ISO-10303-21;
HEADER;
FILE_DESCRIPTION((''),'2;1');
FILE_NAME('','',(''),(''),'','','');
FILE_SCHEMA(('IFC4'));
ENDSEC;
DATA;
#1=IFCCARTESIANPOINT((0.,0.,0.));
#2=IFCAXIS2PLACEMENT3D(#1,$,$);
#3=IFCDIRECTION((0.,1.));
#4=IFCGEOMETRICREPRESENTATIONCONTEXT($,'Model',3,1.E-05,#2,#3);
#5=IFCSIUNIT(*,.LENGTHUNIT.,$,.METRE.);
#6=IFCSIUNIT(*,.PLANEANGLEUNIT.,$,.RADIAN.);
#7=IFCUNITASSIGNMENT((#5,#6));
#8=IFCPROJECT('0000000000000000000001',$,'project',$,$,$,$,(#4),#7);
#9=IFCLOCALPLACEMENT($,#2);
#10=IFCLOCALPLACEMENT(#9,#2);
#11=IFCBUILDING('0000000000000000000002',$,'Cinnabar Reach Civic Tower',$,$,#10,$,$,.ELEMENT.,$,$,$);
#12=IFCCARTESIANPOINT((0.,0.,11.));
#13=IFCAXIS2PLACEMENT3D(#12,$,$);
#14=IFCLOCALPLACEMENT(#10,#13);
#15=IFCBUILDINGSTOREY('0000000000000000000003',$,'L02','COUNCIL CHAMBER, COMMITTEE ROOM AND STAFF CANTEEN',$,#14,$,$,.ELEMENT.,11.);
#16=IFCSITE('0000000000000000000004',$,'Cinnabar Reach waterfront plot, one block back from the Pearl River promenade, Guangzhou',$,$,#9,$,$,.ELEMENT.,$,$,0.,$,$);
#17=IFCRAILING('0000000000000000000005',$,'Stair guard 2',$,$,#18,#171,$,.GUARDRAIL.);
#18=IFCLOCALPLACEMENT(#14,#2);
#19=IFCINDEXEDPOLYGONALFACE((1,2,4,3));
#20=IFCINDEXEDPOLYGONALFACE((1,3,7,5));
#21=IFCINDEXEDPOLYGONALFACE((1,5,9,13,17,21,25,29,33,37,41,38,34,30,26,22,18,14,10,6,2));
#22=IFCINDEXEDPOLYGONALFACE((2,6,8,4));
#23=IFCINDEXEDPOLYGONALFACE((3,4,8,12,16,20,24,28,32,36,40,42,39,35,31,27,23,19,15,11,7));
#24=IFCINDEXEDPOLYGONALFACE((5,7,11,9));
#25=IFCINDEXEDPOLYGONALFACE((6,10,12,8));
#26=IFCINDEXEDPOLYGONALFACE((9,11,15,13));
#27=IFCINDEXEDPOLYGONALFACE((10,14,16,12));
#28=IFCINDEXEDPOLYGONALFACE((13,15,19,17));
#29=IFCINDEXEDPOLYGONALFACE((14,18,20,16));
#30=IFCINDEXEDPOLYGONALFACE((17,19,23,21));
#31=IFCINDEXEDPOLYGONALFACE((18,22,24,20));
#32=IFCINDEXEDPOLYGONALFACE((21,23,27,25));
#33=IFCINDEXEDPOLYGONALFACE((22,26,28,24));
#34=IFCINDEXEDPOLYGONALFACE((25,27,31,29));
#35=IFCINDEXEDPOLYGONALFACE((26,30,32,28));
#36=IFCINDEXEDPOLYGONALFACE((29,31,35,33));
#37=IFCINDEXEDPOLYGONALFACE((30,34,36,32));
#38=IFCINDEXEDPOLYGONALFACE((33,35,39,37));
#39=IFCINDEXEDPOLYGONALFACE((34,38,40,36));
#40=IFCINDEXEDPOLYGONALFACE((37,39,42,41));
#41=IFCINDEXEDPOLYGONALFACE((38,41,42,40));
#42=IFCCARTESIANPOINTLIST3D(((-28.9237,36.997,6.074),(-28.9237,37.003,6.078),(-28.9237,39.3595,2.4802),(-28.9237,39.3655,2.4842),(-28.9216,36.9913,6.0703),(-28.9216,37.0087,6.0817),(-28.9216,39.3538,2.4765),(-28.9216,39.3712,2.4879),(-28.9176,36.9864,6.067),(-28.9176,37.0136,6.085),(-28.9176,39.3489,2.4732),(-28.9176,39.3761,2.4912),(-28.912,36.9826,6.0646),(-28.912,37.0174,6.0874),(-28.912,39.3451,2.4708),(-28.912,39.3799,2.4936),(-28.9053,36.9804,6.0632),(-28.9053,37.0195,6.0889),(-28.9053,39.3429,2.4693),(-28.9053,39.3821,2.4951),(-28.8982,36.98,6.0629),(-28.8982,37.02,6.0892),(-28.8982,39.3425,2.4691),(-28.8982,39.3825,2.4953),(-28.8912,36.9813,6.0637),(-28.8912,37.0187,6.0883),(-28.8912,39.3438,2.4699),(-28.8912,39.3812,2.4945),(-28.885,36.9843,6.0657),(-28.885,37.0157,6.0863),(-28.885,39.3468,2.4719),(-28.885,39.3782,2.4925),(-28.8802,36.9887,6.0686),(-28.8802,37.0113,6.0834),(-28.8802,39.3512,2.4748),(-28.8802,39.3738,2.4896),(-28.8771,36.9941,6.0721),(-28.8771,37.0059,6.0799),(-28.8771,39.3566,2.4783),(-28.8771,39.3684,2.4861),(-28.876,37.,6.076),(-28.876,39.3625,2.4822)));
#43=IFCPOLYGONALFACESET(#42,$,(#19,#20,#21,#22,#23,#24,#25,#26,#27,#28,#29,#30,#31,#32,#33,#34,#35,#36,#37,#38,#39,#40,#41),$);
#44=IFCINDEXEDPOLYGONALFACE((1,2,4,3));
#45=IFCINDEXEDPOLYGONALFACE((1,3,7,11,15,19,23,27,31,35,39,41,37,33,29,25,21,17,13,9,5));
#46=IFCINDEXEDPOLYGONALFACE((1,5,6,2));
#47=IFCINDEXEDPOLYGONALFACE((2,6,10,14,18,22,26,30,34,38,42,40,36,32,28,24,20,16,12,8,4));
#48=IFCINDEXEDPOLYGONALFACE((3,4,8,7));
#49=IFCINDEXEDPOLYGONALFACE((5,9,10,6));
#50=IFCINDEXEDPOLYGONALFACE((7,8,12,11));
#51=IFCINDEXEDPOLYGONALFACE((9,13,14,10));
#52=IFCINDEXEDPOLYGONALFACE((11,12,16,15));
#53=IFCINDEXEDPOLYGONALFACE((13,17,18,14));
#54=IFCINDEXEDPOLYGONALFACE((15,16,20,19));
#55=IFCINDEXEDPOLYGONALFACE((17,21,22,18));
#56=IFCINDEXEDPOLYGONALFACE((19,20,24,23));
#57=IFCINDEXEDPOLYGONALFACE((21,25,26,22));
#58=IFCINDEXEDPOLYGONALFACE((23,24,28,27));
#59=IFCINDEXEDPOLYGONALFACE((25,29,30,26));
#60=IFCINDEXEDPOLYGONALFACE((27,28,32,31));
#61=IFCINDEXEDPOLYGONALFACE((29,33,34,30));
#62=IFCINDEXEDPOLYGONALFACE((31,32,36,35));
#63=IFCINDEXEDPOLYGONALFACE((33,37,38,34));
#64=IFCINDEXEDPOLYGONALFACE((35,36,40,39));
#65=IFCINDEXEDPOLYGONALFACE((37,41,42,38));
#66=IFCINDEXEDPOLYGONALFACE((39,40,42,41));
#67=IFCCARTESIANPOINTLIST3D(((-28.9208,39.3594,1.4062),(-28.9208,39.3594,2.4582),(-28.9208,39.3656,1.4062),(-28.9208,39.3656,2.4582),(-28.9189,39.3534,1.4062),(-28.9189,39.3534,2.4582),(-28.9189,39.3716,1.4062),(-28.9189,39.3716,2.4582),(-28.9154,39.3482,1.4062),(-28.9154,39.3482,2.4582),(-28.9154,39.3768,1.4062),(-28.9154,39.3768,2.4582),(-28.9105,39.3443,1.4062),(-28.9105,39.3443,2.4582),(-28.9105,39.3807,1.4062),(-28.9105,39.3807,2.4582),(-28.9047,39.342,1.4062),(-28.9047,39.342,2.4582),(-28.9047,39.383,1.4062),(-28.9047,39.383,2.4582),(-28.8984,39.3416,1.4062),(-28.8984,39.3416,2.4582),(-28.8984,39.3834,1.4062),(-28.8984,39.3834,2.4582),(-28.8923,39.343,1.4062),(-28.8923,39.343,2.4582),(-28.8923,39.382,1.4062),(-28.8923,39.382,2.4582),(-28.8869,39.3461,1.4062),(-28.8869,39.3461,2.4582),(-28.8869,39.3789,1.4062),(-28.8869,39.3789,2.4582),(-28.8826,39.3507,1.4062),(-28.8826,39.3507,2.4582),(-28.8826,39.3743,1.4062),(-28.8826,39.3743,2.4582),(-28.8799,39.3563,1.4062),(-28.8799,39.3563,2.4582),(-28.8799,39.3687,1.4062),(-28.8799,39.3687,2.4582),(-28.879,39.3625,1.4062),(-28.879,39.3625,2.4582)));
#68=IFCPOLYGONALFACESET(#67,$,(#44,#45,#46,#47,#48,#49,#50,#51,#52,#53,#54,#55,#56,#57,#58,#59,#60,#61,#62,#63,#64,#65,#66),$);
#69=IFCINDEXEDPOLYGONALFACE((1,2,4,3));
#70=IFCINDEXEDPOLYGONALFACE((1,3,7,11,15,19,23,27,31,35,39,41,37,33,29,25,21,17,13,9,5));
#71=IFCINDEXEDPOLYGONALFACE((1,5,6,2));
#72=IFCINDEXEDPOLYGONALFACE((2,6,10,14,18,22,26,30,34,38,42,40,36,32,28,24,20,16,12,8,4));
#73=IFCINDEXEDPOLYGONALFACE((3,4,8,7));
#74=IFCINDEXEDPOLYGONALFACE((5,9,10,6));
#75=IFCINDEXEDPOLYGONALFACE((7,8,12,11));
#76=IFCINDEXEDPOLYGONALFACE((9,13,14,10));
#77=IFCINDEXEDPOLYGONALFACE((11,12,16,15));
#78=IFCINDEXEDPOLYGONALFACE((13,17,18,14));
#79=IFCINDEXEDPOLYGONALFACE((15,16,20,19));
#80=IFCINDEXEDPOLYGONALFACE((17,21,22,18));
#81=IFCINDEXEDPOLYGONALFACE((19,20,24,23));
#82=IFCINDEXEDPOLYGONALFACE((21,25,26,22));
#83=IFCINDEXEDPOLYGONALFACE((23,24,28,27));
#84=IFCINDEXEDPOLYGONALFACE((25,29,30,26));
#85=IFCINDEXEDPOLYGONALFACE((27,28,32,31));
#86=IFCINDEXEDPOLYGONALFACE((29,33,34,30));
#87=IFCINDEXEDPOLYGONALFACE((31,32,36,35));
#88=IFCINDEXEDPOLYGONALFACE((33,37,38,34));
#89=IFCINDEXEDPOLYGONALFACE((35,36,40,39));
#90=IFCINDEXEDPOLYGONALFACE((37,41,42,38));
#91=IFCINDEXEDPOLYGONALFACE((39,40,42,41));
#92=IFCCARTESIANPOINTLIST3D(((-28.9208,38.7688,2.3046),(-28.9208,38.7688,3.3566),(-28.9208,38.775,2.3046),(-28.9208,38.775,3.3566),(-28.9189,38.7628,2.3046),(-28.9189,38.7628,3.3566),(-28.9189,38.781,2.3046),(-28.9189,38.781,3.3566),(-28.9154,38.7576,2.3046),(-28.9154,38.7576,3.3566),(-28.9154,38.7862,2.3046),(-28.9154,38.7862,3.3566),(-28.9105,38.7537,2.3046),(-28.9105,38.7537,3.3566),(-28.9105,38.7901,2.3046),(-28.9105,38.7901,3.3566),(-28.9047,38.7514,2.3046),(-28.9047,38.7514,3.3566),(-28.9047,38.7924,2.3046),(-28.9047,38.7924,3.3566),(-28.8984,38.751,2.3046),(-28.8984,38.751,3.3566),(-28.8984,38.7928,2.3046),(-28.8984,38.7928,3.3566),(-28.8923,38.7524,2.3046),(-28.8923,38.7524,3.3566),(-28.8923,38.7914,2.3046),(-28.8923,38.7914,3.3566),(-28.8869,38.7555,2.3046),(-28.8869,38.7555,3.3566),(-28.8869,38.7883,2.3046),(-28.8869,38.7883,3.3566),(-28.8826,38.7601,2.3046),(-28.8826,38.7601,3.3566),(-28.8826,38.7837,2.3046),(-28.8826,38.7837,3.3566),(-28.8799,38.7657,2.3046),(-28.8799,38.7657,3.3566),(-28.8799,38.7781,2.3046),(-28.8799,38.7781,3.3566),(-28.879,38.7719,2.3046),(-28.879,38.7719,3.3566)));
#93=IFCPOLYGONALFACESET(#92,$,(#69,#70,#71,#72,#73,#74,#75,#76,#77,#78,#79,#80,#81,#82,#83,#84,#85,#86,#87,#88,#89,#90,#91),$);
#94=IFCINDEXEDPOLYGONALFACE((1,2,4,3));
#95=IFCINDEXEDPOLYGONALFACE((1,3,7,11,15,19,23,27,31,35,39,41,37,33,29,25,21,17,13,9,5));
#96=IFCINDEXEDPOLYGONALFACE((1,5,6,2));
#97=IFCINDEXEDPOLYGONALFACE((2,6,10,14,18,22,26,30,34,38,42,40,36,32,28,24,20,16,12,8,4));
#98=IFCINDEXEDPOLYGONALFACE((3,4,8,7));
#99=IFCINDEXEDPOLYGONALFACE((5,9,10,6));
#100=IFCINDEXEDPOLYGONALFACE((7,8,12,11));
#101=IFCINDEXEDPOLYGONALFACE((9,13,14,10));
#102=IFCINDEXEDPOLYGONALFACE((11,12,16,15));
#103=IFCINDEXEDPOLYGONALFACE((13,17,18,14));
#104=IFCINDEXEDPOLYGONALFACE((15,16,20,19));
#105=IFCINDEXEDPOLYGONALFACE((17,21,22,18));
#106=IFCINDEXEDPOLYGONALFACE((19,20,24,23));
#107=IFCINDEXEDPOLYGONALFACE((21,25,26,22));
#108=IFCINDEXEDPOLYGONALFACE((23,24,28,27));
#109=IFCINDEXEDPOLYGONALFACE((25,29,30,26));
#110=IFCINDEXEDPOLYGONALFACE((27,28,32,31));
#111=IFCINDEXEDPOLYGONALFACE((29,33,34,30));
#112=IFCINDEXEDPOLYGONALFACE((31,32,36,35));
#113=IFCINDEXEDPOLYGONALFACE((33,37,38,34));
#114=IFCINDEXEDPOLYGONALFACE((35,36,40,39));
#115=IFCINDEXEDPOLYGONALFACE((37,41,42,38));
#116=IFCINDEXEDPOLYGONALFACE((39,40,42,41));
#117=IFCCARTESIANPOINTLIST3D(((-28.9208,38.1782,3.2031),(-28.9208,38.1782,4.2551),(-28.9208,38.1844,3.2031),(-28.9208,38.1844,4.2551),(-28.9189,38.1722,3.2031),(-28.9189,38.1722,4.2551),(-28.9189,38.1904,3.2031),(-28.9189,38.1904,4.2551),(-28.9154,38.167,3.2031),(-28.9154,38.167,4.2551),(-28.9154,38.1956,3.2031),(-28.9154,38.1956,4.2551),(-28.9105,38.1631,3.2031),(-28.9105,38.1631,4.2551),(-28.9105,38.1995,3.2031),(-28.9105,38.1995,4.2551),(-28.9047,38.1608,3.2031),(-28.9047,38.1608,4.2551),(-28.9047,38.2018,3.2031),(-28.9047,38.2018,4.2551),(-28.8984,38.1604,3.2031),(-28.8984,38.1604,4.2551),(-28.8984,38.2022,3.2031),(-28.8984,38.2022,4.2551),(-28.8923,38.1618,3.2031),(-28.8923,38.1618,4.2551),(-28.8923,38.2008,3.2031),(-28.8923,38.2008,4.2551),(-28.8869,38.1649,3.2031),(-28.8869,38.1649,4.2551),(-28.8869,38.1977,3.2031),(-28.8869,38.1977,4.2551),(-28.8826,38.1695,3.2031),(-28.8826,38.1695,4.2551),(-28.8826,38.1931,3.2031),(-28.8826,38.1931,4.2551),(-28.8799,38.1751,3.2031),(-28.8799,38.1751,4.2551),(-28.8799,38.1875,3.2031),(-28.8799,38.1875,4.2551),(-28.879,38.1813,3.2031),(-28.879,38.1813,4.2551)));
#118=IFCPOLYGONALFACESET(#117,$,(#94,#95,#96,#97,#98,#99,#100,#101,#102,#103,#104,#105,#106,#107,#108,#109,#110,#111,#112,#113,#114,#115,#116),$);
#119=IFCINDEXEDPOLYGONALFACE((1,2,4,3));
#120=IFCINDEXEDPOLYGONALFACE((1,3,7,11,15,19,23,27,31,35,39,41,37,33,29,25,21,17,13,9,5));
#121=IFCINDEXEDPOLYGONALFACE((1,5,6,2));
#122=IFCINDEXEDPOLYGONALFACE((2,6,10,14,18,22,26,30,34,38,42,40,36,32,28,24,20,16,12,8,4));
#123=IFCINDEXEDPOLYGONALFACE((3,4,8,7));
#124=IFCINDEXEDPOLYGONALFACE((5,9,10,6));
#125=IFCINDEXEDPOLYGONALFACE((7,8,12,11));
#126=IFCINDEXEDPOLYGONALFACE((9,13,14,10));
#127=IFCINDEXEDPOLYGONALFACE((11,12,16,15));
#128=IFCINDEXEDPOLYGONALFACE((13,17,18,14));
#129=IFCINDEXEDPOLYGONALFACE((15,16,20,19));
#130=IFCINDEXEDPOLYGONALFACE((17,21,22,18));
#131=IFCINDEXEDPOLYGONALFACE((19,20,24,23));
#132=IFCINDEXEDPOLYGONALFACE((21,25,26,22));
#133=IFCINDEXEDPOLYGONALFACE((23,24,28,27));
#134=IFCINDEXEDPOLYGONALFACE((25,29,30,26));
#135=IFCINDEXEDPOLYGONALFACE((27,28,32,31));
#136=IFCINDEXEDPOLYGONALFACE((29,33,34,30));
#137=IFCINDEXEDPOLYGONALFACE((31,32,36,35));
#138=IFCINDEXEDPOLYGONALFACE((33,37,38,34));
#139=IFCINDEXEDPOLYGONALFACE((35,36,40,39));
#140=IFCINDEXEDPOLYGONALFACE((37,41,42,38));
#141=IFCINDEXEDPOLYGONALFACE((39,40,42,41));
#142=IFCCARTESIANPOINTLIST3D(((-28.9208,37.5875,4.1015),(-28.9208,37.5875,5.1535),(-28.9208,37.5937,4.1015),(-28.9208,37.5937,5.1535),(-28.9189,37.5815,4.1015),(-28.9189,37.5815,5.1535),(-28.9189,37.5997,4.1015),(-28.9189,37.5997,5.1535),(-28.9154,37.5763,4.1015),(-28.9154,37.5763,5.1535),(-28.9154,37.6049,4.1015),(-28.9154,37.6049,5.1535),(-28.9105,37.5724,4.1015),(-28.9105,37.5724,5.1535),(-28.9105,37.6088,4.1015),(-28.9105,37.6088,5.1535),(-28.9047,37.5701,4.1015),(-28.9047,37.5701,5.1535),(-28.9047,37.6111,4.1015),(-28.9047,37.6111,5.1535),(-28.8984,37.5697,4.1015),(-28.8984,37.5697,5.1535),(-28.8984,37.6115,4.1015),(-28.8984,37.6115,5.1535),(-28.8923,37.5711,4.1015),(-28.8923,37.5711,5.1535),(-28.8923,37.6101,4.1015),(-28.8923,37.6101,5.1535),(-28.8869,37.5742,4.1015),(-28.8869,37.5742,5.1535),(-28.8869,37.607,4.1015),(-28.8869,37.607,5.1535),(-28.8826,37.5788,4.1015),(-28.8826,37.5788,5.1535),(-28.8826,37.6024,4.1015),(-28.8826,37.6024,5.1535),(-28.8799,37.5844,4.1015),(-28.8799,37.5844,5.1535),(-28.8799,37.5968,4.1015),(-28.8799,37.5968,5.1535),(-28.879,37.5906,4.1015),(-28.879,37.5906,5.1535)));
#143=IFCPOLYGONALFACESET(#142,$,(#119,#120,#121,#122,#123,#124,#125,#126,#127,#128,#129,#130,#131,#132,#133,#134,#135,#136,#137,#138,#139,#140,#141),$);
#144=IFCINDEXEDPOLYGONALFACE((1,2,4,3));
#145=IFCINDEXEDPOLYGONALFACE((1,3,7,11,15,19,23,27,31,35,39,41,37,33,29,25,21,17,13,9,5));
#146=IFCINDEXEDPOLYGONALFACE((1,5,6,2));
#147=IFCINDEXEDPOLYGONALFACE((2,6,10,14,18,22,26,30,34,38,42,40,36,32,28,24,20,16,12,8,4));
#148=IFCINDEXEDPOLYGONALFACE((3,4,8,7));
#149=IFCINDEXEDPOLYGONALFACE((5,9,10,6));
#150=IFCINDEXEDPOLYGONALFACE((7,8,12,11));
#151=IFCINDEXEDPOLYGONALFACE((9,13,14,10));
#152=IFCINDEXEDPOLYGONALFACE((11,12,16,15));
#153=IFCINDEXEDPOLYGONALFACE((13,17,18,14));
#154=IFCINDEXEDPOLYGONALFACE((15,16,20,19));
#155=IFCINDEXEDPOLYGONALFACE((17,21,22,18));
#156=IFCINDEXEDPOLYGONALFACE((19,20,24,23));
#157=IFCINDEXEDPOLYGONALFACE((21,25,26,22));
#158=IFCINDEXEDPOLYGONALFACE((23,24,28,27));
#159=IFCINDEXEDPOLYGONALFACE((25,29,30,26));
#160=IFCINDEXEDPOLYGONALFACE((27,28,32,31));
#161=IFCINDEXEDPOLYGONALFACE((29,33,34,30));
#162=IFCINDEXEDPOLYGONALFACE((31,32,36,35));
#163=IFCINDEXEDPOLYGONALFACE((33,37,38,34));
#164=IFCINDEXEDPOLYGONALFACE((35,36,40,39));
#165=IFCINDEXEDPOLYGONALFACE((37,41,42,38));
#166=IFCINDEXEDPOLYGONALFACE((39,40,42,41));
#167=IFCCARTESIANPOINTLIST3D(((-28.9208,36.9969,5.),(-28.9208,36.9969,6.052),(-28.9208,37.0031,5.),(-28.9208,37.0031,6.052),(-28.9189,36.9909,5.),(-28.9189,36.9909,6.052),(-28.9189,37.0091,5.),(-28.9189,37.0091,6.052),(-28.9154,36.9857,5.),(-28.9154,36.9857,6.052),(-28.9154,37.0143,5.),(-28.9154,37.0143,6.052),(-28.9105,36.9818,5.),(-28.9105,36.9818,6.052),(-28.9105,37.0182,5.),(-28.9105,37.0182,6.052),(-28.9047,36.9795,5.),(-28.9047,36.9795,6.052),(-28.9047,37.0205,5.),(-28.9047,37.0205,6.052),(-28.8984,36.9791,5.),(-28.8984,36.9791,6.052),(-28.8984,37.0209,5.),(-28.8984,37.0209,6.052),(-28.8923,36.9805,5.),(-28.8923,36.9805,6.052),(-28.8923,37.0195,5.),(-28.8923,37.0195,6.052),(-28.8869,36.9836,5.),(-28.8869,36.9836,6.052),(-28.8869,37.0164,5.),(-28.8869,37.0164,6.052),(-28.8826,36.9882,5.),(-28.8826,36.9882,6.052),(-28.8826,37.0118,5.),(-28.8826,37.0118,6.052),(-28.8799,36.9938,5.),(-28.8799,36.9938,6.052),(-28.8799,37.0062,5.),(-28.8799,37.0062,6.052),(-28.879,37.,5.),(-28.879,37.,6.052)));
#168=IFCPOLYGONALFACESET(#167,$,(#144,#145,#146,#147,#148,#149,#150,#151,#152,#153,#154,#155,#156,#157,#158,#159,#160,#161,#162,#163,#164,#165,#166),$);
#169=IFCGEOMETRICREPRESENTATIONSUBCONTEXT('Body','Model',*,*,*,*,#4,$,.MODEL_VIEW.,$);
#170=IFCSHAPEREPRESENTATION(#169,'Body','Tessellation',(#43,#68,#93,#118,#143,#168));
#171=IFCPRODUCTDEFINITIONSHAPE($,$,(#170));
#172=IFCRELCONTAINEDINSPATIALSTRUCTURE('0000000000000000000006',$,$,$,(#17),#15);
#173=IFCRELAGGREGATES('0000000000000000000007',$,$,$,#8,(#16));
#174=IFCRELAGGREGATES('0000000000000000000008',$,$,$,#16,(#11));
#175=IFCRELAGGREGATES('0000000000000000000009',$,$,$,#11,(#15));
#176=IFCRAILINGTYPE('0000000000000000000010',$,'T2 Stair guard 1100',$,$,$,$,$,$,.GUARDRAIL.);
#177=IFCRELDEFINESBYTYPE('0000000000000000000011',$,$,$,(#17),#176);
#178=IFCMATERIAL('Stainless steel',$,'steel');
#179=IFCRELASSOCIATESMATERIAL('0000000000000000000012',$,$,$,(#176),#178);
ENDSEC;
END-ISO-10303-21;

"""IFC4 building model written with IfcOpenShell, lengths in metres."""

from ifc_helpers import new_model, si_unit, direction, frame, origin, origin_2d, place, context, subcontext, project, spatial, circle, extrude, material, type_object, element, save


model = new_model("IFC4")

# Units and contexts
model_context = context("Model", 3, precision=1e-05, world=origin(), true_north=direction((0.0, 1.0)))
body_context = subcontext(model_context, "Body", "Model", "MODEL_VIEW")
ifc_project = project(units=[si_unit("LENGTHUNIT", "METRE"), si_unit("PLANEANGLEUNIT", "RADIAN")], contexts=[model_context])

# Site, building, storey
site_placement = place(None, origin())
site = spatial("IfcSite", under=ifc_project, at=site_placement, Name="Cinnabar Reach waterfront plot, one block back from the Pearl River promenade, Guangzhou", CompositionType="ELEMENT", RefElevation=0.0)
building_placement = place(site_placement, origin())
building = spatial("IfcBuilding", under=site, at=building_placement, Name="Cinnabar Reach Civic Tower", CompositionType="ELEMENT")
storey_placement = place(building_placement, frame((0.0, 0.0, 11.0)))
storey = spatial("IfcBuildingStorey", under=building, at=storey_placement, Name="L02", Description="COUNCIL CHAMBER, COMMITTEE ROOM AND STAFF CANTEEN", CompositionType="ELEMENT", Elevation=11.0)

# Railing
ifc_material_1 = material(Name="Stainless steel", Category="steel")
railing_type = type_object("IfcRailingType", Name="T2 Stair guard 1100", PredefinedType="GUARDRAIL", material=ifc_material_1)
railing_1_placement = place(storey_placement, frame((-28.9, 39.3625, 1.4062)))
element("IfcRailing", 1, at=railing_1_placement, inside=storey, type_object=railing_type, Name="Stair guard 2", PredefinedType="GUARDRAIL", context=body_context, shape_type="SweptSolid", body=[
    extrude(circle(Radius=0.024, at=origin_2d()), frame((0.0, 0.0, 1.076), z_axis=(0.0, -0.549318, 0.835614), x_axis=(1.0, 0.0, 0.0)), (0.0, 0.0, 1.0), 4.3008),
    extrude(circle(Radius=0.021, at=origin_2d()), origin(), (0.0, 0.0, 1.0), 1.052),
    extrude(circle(Radius=0.021, at=origin_2d()), frame((0.0, -0.5906, 0.8984)), (0.0, 0.0, 1.0), 1.052),
    extrude(circle(Radius=0.021, at=origin_2d()), frame((0.0, -1.1812, 1.7969)), (0.0, 0.0, 1.0), 1.052),
    extrude(circle(Radius=0.021, at=origin_2d()), frame((0.0, -1.7719, 2.6953)), (0.0, 0.0, 1.0), 1.052),
    extrude(circle(Radius=0.021, at=origin_2d()), frame((0.0, -2.3625, 3.5938)), (0.0, 0.0, 1.0), 1.052),
])

save(model, "model.ifc")
